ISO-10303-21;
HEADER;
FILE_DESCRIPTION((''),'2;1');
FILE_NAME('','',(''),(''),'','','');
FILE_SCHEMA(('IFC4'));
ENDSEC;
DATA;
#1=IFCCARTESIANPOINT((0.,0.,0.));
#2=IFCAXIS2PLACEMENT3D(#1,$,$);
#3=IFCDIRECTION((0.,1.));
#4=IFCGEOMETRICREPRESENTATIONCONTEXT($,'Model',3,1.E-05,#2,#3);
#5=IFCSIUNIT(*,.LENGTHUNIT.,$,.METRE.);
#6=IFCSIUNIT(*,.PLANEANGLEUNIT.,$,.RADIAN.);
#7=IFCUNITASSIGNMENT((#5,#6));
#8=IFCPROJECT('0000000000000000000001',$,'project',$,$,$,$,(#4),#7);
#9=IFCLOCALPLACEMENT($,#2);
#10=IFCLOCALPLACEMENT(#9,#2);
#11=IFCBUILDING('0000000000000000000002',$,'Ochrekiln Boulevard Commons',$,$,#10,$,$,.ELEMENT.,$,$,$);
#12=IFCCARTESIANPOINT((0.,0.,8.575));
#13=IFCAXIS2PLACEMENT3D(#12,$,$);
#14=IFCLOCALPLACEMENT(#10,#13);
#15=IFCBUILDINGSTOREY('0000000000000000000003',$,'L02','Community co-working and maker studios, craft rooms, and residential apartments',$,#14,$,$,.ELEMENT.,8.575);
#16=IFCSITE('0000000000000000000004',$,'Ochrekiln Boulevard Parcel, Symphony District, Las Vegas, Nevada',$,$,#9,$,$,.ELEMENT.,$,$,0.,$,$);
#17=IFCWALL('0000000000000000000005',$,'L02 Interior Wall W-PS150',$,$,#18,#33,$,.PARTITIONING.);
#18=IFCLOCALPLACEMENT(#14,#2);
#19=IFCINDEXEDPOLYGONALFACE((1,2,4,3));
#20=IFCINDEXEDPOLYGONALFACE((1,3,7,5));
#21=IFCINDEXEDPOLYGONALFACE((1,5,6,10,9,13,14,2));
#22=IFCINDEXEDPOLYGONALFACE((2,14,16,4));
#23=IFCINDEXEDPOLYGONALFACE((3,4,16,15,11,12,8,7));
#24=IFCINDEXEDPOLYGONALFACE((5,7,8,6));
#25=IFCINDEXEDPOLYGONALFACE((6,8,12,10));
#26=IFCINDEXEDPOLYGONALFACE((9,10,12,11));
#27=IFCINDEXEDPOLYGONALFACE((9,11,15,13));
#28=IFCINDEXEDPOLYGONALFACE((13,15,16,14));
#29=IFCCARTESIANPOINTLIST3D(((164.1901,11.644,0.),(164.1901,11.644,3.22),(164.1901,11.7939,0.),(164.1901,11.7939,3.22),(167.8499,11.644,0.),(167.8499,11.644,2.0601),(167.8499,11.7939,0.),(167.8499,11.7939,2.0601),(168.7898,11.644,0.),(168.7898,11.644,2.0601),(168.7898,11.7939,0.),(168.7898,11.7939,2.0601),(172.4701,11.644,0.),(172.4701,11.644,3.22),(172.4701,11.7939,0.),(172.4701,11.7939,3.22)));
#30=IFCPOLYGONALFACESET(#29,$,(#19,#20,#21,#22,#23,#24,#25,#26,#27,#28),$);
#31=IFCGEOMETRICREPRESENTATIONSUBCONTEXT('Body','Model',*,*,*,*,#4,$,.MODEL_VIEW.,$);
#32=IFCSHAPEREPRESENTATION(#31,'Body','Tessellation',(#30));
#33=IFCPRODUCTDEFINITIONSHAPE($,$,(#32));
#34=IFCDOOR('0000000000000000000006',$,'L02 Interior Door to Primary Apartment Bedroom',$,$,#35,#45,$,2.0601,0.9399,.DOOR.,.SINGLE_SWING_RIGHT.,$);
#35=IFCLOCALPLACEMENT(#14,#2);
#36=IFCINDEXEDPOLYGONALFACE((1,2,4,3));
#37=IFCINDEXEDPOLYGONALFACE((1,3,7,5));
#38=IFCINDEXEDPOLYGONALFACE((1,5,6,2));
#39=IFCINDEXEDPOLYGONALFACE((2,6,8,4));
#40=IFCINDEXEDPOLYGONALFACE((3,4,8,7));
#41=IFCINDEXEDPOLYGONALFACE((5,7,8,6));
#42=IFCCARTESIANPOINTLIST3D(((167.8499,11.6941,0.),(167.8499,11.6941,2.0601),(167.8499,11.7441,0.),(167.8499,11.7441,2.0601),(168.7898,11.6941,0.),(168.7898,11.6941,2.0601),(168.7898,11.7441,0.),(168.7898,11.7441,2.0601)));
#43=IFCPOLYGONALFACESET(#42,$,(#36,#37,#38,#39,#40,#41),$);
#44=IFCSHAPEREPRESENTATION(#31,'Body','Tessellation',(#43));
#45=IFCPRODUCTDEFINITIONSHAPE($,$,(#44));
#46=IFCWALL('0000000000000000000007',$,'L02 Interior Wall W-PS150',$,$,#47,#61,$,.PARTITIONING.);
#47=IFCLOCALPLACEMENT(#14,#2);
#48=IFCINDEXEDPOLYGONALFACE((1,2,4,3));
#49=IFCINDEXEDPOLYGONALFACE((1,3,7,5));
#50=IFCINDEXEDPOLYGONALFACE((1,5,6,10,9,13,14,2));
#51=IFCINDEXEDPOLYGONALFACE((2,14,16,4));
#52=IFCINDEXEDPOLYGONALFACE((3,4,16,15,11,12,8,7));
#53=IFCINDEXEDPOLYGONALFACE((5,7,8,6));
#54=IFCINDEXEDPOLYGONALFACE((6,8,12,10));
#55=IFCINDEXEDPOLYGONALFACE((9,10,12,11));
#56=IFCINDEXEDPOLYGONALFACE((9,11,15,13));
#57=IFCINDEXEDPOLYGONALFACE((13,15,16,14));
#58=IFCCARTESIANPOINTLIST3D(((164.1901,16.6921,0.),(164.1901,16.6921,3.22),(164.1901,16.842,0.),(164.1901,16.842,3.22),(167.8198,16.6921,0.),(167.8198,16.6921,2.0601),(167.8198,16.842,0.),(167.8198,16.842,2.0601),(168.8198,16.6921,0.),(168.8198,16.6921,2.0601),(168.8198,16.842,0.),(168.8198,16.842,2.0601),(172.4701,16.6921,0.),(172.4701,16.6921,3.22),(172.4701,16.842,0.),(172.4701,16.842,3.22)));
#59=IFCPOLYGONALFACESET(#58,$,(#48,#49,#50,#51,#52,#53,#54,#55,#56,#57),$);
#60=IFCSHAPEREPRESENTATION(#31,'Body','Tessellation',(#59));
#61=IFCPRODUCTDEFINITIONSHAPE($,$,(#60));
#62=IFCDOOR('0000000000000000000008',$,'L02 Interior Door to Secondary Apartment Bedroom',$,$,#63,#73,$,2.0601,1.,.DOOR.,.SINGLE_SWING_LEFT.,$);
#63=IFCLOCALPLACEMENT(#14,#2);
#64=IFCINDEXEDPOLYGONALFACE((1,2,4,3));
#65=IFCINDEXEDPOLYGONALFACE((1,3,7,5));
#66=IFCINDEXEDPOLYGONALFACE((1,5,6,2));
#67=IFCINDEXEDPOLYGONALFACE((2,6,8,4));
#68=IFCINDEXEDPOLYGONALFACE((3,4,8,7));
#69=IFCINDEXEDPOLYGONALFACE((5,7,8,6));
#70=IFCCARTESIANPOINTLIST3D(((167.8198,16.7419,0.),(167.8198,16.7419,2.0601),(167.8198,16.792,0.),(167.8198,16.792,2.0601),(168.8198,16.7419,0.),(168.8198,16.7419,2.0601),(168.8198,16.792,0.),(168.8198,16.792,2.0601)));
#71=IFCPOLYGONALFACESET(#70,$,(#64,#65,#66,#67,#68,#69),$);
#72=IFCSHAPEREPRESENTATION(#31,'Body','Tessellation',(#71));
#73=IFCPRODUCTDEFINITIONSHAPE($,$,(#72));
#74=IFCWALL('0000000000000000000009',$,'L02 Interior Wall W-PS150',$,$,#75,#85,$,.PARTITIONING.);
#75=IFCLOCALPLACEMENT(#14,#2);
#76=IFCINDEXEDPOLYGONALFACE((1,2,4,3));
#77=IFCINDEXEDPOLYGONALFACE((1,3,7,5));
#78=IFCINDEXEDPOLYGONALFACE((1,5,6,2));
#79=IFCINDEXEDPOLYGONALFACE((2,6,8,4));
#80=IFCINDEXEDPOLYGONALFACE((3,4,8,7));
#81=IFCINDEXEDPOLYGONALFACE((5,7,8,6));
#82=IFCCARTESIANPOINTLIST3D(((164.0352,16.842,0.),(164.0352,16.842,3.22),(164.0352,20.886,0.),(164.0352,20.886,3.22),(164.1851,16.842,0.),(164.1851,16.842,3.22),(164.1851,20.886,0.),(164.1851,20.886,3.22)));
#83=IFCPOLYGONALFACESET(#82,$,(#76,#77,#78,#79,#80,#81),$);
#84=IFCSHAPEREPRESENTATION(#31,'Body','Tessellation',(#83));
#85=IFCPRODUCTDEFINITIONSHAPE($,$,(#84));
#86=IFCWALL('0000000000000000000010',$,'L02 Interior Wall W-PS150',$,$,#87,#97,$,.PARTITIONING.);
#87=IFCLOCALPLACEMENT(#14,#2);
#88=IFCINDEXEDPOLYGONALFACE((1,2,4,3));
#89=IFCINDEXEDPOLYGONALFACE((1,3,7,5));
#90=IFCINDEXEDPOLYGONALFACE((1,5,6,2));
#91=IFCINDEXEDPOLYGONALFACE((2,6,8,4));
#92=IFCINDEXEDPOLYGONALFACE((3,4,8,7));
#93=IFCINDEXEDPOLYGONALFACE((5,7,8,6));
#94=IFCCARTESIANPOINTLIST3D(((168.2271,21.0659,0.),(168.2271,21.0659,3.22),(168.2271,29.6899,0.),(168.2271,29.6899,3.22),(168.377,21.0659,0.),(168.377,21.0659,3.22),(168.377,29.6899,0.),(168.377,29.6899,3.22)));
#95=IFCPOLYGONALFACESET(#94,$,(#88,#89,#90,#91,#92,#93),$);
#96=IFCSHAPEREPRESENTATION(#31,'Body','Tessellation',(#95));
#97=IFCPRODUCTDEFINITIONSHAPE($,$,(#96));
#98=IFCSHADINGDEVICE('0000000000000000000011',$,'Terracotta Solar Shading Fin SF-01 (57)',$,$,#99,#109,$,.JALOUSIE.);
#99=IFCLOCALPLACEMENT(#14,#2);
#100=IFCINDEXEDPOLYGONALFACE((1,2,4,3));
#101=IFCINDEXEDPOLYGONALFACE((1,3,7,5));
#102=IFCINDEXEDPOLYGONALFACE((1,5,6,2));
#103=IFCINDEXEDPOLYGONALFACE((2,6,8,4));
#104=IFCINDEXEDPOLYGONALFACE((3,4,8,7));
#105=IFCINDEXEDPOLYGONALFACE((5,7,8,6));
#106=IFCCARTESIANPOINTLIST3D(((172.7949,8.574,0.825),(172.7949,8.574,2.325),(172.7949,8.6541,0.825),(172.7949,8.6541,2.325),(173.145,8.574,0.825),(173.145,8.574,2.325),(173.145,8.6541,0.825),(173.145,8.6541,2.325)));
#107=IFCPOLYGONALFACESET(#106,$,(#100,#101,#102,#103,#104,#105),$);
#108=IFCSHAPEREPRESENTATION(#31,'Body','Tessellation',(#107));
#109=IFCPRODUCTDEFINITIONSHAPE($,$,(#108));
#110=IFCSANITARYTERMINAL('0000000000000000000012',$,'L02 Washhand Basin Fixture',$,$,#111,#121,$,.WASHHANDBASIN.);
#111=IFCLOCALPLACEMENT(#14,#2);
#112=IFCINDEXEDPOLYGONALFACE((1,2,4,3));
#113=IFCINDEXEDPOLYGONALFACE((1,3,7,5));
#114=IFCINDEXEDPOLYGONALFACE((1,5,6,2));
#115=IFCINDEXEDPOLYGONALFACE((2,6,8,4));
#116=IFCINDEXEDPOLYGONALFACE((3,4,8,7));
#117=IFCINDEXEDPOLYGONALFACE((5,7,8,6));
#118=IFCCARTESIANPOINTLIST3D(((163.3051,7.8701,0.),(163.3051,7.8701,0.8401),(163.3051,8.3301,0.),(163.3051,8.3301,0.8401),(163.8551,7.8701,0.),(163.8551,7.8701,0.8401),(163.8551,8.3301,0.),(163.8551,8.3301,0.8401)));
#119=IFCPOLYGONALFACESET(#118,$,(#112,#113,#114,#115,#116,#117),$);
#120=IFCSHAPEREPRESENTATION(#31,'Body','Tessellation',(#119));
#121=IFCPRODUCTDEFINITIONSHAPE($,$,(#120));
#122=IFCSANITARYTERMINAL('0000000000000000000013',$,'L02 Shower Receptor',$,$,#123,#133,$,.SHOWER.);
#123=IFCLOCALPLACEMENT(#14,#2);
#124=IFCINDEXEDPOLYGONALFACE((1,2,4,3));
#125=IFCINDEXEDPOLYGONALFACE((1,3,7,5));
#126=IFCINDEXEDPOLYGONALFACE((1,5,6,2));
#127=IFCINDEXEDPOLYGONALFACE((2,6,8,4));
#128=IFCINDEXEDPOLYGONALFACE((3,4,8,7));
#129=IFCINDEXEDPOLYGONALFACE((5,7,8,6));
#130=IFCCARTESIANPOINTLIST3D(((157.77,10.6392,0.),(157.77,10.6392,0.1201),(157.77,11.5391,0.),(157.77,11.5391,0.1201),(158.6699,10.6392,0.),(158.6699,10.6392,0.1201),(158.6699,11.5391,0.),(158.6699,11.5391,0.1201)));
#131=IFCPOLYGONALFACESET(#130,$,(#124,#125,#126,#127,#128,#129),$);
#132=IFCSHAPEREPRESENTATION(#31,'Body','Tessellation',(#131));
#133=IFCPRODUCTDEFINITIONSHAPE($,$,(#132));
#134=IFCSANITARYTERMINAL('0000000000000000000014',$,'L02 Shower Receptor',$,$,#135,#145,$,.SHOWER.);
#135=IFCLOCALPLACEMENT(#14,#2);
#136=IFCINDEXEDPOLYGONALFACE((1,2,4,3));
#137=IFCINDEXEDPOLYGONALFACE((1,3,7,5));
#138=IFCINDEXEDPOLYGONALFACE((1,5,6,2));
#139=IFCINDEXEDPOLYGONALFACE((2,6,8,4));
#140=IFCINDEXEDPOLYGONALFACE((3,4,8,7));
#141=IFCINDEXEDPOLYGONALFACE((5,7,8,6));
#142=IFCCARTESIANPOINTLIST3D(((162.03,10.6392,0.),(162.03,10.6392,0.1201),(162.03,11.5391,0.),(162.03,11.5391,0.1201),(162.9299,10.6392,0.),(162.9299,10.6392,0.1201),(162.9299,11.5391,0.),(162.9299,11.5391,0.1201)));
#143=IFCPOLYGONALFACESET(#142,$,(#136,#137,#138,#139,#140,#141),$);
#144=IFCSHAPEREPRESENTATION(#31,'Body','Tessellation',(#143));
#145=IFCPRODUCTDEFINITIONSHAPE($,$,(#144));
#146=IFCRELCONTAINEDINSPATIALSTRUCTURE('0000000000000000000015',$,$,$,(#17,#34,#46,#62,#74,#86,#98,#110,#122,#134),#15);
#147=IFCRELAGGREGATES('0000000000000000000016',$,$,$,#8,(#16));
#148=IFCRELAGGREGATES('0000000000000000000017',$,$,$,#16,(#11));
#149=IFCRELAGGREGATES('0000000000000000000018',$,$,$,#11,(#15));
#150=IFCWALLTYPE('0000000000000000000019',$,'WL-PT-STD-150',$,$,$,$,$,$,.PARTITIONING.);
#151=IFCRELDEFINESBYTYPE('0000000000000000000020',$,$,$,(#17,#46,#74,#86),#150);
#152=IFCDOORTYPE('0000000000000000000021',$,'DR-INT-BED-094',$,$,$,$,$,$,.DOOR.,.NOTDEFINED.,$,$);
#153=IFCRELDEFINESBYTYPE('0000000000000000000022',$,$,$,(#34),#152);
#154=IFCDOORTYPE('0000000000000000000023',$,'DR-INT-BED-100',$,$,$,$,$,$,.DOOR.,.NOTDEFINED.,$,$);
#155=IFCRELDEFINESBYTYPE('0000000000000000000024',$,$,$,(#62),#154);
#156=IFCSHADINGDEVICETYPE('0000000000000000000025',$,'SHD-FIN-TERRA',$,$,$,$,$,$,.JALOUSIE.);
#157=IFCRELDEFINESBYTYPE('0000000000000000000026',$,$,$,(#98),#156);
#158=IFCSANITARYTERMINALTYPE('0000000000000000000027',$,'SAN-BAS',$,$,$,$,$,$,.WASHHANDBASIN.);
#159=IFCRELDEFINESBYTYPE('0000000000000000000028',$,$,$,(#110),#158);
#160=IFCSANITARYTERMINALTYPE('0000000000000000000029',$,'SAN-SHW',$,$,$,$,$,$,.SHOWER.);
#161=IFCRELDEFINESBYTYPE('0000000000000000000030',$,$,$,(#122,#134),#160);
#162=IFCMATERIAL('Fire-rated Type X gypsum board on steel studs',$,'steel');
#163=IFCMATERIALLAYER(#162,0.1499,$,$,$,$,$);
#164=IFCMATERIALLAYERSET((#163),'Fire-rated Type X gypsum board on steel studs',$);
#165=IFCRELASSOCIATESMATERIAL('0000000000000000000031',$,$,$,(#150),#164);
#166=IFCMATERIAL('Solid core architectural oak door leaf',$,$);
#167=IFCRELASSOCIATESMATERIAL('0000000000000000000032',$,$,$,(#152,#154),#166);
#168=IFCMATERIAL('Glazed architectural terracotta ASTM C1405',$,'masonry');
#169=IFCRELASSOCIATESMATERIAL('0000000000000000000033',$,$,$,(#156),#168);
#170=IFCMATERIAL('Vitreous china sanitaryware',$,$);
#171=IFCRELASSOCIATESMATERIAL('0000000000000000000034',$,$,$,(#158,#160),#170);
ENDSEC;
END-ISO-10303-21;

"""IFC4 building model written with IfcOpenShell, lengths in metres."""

from ifc_helpers import new_model, si_unit, direction, frame, frame_2d, origin, origin_2d, place, context, subcontext, project, spatial, rectangle, extrude, material, layer, layer_set, type_object, element, fill, save


model = new_model("IFC4")

# Units and contexts
model_context = context("Model", 3, precision=1e-05, world=origin(), true_north=direction((0.0, 1.0)))
body_context = subcontext(model_context, "Body", "Model", "MODEL_VIEW")
ifc_project = project(units=[si_unit("LENGTHUNIT", "METRE"), si_unit("PLANEANGLEUNIT", "RADIAN")], contexts=[model_context])

# Site, building, storey
site_placement = place(None, origin())
site = spatial("IfcSite", under=ifc_project, at=site_placement, Name="Ochrekiln Boulevard Parcel, Symphony District, Las Vegas, Nevada", CompositionType="ELEMENT", RefElevation=0.0)
building_placement = place(site_placement, origin())
building = spatial("IfcBuilding", under=site, at=building_placement, Name="Ochrekiln Boulevard Commons", CompositionType="ELEMENT")
storey_placement = place(building_placement, frame((0.0, 0.0, 8.575)))
storey = spatial("IfcBuildingStorey", under=building, at=storey_placement, Name="L02", Description="Community co-working and maker studios, craft rooms, and residential apartments", CompositionType="ELEMENT", Elevation=8.575)

# Shared definitions
ifc_material_1 = material(Name="Solid core architectural oak door leaf")

# Shared definitions
ifc_material_2 = material(Name="Fire-rated Type X gypsum board on steel studs", Category="steel")

# Walls, openings, doors
ifc_layer_1 = layer(ifc_material_2, 0.1499)
ifc_layer_set_1 = layer_set([ifc_layer_1], Name="Fire-rated Type X gypsum board on steel studs")
wall_type_1 = type_object("IfcWallType", Name="WL-PT-STD-150", PredefinedType="PARTITIONING", material=ifc_layer_set_1)
wall_1_placement = place(storey_placement, frame((164.1899, 11.719, 0.0), z_axis=(0.0, 0.0, 1.0), x_axis=(1.0, 0.0, 0.0)))
wall_1 = element("IfcWall", 1, at=wall_1_placement, inside=storey, type_object=wall_type_1, Name="L02 Interior Wall W-PS150", PredefinedType="PARTITIONING", context=body_context, shape_type="SweptSolid", body=[
    extrude(rectangle(XDim=8.28, YDim=0.1499, at=frame_2d((4.1401, 0.0))), origin(), (0.0, 0.0, 1.0), 3.22),
])
opening_1_placement = place(wall_1_placement, frame((3.6599, 0.0, 0.0)))
opening_1 = element("IfcOpeningElement", 2, at=opening_1_placement, cuts=wall_1, PredefinedType="OPENING", context=body_context, shape_type="SweptSolid", body=[
    extrude(rectangle(XDim=0.9399, YDim=2.0601, at=frame_2d((0.47, 1.03))), frame((0.0, 0.085, 0.0), z_axis=(0.0, -1.0, 0.0), x_axis=(1.0, 0.0, 0.0)), (0.0, 0.0, 1.0), 0.1699),
])
door_type_1 = type_object("IfcDoorType", Name="DR-INT-BED-094", OperationType="NOTDEFINED", PredefinedType="DOOR", material=ifc_material_1)
door_1_placement = place(opening_1_placement, frame((0.9399, 0.0, 0.0), z_axis=(0.0, 0.0, 1.0), x_axis=(-1.0, 0.0, 0.0)))
door_1 = element("IfcDoor", 3, at=door_1_placement, inside=storey, type_object=door_type_1, Name="L02 Interior Door to Primary Apartment Bedroom", OperationType="SINGLE_SWING_RIGHT", OverallHeight=2.0601, OverallWidth=0.9399, PredefinedType="DOOR", context=body_context, shape_type="SweptSolid", body=[
    extrude(rectangle(XDim=0.9399, YDim=2.0601, at=frame_2d((0.47, 1.03))), frame((0.0, 0.0249, 0.0), z_axis=(0.0, -1.0, 0.0), x_axis=(1.0, 0.0, 0.0)), (0.0, 0.0, 1.0), 0.05),
])
fill(opening_1, door_1)
wall_2_placement = place(storey_placement, frame((164.1899, 16.7671, 0.0), z_axis=(0.0, 0.0, 1.0), x_axis=(1.0, 0.0, 0.0)))
wall_2 = element("IfcWall", 4, at=wall_2_placement, inside=storey, type_object=wall_type_1, Name="L02 Interior Wall W-PS150", PredefinedType="PARTITIONING", context=body_context, shape_type="SweptSolid", body=[
    extrude(rectangle(XDim=8.28, YDim=0.1499, at=frame_2d((4.1401, 0.0))), origin(), (0.0, 0.0, 1.0), 3.22),
])
opening_2_placement = place(wall_2_placement, frame((3.6299, 0.0, 0.0)))
opening_2 = element("IfcOpeningElement", 5, at=opening_2_placement, cuts=wall_2, PredefinedType="OPENING", context=body_context, shape_type="SweptSolid", body=[
    extrude(rectangle(XDim=1.0, YDim=2.0601, at=frame_2d((0.5, 1.03))), frame((0.0, 0.085, 0.0), z_axis=(0.0, -1.0, 0.0), x_axis=(1.0, 0.0, 0.0)), (0.0, 0.0, 1.0), 0.1699),
])
door_type_2 = type_object("IfcDoorType", Name="DR-INT-BED-100", OperationType="NOTDEFINED", PredefinedType="DOOR", material=ifc_material_1)
door_2_placement = place(opening_2_placement, origin())
door_2 = element("IfcDoor", 6, at=door_2_placement, inside=storey, type_object=door_type_2, Name="L02 Interior Door to Secondary Apartment Bedroom", OperationType="SINGLE_SWING_LEFT", OverallHeight=2.0601, OverallWidth=1.0, PredefinedType="DOOR", context=body_context, shape_type="SweptSolid", body=[
    extrude(rectangle(XDim=1.0, YDim=2.0601, at=frame_2d((0.5, 1.03))), frame((0.0, 0.0249, 0.0), z_axis=(0.0, -1.0, 0.0), x_axis=(1.0, 0.0, 0.0)), (0.0, 0.0, 1.0), 0.05),
])
fill(opening_2, door_2)

# Walls
wall_3_placement = place(storey_placement, frame((164.1101, 16.842, 0.0), z_axis=(0.0, 0.0, 1.0), x_axis=(0.0, 1.0, 0.0)))
element("IfcWall", 7, at=wall_3_placement, inside=storey, type_object=wall_type_1, Name="L02 Interior Wall W-PS150", PredefinedType="PARTITIONING", context=body_context, shape_type="SweptSolid", body=[
    extrude(rectangle(XDim=4.0439, YDim=0.1499, at=frame_2d((2.022, 0.0))), origin(), (0.0, 0.0, 1.0), 3.22),
])
wall_4_placement = place(storey_placement, frame((168.302, 21.0659, 0.0), z_axis=(0.0, 0.0, 1.0), x_axis=(0.0, 1.0, 0.0)))
element("IfcWall", 8, at=wall_4_placement, inside=storey, type_object=wall_type_1, Name="L02 Interior Wall W-PS150", PredefinedType="PARTITIONING", context=body_context, shape_type="SweptSolid", body=[
    extrude(rectangle(XDim=8.624, YDim=0.1499, at=frame_2d((4.312, 0.0))), origin(), (0.0, 0.0, 1.0), 3.22),
])

# Shading device
ifc_material_3 = material(Name="Glazed architectural terracotta ASTM C1405", Category="masonry")
shading_device_type = type_object("IfcShadingDeviceType", Name="SHD-FIN-TERRA", PredefinedType="JALOUSIE", material=ifc_material_3)
shading_device_placement = place(storey_placement, frame((172.97, 8.614, 0.825), z_axis=(0.0, 0.0, 1.0), x_axis=(1.0, 0.0, 0.0)))
element("IfcShadingDevice", 9, at=shading_device_placement, inside=storey, type_object=shading_device_type, Name="Terracotta Solar Shading Fin SF-01 (57)", PredefinedType="JALOUSIE", context=body_context, shape_type="SweptSolid", body=[
    extrude(rectangle(XDim=0.3501, YDim=0.0801, at=origin_2d()), origin(), (0.0, 0.0, 1.0), 1.5),
])

# Sanitary terminals
ifc_material_4 = material(Name="Vitreous china sanitaryware")
sanitary_terminal_type_1 = type_object("IfcSanitaryTerminalType", Name="SAN-BAS", PredefinedType="WASHHANDBASIN", material=ifc_material_4)
sanitary_terminal_placement = place(storey_placement, frame((163.5801, 8.1001, 0.0), z_axis=(0.0, 0.0, 1.0), x_axis=(1.0, 0.0, 0.0)))
element("IfcSanitaryTerminal", 10, at=sanitary_terminal_placement, inside=storey, type_object=sanitary_terminal_type_1, Name="L02 Washhand Basin Fixture", PredefinedType="WASHHANDBASIN", context=body_context, shape_type="SweptSolid", body=[
    extrude(rectangle(XDim=0.55, YDim=0.46, at=origin_2d()), origin(), (0.0, 0.0, 1.0), 0.8401),
])
sanitary_terminal_type_2 = type_object("IfcSanitaryTerminalType", Name="SAN-SHW", PredefinedType="SHOWER", material=ifc_material_4)
for number, where, z_axis, x_axis, name in (
    (11, (158.22, 11.0891, 0.0), (0.0, 0.0, 1.0), (1.0, 0.0, 0.0), "L02 Shower Receptor"),
    (12, (162.48, 11.0891, 0.0), (0.0, 0.0, 1.0), (1.0, 0.0, 0.0), "L02 Shower Receptor"),
):
    element("IfcSanitaryTerminal", number, at=place(storey_placement, frame(where, z_axis=z_axis, x_axis=x_axis)), inside=storey, type_object=sanitary_terminal_type_2, Name=name, PredefinedType="SHOWER", context=body_context, shape_type="SweptSolid", body=[
        extrude(rectangle(XDim=0.8999, YDim=0.8999, at=origin_2d()), origin(), (0.0, 0.0, 1.0), 0.1201),
    ])

save(model, "model.ifc")
